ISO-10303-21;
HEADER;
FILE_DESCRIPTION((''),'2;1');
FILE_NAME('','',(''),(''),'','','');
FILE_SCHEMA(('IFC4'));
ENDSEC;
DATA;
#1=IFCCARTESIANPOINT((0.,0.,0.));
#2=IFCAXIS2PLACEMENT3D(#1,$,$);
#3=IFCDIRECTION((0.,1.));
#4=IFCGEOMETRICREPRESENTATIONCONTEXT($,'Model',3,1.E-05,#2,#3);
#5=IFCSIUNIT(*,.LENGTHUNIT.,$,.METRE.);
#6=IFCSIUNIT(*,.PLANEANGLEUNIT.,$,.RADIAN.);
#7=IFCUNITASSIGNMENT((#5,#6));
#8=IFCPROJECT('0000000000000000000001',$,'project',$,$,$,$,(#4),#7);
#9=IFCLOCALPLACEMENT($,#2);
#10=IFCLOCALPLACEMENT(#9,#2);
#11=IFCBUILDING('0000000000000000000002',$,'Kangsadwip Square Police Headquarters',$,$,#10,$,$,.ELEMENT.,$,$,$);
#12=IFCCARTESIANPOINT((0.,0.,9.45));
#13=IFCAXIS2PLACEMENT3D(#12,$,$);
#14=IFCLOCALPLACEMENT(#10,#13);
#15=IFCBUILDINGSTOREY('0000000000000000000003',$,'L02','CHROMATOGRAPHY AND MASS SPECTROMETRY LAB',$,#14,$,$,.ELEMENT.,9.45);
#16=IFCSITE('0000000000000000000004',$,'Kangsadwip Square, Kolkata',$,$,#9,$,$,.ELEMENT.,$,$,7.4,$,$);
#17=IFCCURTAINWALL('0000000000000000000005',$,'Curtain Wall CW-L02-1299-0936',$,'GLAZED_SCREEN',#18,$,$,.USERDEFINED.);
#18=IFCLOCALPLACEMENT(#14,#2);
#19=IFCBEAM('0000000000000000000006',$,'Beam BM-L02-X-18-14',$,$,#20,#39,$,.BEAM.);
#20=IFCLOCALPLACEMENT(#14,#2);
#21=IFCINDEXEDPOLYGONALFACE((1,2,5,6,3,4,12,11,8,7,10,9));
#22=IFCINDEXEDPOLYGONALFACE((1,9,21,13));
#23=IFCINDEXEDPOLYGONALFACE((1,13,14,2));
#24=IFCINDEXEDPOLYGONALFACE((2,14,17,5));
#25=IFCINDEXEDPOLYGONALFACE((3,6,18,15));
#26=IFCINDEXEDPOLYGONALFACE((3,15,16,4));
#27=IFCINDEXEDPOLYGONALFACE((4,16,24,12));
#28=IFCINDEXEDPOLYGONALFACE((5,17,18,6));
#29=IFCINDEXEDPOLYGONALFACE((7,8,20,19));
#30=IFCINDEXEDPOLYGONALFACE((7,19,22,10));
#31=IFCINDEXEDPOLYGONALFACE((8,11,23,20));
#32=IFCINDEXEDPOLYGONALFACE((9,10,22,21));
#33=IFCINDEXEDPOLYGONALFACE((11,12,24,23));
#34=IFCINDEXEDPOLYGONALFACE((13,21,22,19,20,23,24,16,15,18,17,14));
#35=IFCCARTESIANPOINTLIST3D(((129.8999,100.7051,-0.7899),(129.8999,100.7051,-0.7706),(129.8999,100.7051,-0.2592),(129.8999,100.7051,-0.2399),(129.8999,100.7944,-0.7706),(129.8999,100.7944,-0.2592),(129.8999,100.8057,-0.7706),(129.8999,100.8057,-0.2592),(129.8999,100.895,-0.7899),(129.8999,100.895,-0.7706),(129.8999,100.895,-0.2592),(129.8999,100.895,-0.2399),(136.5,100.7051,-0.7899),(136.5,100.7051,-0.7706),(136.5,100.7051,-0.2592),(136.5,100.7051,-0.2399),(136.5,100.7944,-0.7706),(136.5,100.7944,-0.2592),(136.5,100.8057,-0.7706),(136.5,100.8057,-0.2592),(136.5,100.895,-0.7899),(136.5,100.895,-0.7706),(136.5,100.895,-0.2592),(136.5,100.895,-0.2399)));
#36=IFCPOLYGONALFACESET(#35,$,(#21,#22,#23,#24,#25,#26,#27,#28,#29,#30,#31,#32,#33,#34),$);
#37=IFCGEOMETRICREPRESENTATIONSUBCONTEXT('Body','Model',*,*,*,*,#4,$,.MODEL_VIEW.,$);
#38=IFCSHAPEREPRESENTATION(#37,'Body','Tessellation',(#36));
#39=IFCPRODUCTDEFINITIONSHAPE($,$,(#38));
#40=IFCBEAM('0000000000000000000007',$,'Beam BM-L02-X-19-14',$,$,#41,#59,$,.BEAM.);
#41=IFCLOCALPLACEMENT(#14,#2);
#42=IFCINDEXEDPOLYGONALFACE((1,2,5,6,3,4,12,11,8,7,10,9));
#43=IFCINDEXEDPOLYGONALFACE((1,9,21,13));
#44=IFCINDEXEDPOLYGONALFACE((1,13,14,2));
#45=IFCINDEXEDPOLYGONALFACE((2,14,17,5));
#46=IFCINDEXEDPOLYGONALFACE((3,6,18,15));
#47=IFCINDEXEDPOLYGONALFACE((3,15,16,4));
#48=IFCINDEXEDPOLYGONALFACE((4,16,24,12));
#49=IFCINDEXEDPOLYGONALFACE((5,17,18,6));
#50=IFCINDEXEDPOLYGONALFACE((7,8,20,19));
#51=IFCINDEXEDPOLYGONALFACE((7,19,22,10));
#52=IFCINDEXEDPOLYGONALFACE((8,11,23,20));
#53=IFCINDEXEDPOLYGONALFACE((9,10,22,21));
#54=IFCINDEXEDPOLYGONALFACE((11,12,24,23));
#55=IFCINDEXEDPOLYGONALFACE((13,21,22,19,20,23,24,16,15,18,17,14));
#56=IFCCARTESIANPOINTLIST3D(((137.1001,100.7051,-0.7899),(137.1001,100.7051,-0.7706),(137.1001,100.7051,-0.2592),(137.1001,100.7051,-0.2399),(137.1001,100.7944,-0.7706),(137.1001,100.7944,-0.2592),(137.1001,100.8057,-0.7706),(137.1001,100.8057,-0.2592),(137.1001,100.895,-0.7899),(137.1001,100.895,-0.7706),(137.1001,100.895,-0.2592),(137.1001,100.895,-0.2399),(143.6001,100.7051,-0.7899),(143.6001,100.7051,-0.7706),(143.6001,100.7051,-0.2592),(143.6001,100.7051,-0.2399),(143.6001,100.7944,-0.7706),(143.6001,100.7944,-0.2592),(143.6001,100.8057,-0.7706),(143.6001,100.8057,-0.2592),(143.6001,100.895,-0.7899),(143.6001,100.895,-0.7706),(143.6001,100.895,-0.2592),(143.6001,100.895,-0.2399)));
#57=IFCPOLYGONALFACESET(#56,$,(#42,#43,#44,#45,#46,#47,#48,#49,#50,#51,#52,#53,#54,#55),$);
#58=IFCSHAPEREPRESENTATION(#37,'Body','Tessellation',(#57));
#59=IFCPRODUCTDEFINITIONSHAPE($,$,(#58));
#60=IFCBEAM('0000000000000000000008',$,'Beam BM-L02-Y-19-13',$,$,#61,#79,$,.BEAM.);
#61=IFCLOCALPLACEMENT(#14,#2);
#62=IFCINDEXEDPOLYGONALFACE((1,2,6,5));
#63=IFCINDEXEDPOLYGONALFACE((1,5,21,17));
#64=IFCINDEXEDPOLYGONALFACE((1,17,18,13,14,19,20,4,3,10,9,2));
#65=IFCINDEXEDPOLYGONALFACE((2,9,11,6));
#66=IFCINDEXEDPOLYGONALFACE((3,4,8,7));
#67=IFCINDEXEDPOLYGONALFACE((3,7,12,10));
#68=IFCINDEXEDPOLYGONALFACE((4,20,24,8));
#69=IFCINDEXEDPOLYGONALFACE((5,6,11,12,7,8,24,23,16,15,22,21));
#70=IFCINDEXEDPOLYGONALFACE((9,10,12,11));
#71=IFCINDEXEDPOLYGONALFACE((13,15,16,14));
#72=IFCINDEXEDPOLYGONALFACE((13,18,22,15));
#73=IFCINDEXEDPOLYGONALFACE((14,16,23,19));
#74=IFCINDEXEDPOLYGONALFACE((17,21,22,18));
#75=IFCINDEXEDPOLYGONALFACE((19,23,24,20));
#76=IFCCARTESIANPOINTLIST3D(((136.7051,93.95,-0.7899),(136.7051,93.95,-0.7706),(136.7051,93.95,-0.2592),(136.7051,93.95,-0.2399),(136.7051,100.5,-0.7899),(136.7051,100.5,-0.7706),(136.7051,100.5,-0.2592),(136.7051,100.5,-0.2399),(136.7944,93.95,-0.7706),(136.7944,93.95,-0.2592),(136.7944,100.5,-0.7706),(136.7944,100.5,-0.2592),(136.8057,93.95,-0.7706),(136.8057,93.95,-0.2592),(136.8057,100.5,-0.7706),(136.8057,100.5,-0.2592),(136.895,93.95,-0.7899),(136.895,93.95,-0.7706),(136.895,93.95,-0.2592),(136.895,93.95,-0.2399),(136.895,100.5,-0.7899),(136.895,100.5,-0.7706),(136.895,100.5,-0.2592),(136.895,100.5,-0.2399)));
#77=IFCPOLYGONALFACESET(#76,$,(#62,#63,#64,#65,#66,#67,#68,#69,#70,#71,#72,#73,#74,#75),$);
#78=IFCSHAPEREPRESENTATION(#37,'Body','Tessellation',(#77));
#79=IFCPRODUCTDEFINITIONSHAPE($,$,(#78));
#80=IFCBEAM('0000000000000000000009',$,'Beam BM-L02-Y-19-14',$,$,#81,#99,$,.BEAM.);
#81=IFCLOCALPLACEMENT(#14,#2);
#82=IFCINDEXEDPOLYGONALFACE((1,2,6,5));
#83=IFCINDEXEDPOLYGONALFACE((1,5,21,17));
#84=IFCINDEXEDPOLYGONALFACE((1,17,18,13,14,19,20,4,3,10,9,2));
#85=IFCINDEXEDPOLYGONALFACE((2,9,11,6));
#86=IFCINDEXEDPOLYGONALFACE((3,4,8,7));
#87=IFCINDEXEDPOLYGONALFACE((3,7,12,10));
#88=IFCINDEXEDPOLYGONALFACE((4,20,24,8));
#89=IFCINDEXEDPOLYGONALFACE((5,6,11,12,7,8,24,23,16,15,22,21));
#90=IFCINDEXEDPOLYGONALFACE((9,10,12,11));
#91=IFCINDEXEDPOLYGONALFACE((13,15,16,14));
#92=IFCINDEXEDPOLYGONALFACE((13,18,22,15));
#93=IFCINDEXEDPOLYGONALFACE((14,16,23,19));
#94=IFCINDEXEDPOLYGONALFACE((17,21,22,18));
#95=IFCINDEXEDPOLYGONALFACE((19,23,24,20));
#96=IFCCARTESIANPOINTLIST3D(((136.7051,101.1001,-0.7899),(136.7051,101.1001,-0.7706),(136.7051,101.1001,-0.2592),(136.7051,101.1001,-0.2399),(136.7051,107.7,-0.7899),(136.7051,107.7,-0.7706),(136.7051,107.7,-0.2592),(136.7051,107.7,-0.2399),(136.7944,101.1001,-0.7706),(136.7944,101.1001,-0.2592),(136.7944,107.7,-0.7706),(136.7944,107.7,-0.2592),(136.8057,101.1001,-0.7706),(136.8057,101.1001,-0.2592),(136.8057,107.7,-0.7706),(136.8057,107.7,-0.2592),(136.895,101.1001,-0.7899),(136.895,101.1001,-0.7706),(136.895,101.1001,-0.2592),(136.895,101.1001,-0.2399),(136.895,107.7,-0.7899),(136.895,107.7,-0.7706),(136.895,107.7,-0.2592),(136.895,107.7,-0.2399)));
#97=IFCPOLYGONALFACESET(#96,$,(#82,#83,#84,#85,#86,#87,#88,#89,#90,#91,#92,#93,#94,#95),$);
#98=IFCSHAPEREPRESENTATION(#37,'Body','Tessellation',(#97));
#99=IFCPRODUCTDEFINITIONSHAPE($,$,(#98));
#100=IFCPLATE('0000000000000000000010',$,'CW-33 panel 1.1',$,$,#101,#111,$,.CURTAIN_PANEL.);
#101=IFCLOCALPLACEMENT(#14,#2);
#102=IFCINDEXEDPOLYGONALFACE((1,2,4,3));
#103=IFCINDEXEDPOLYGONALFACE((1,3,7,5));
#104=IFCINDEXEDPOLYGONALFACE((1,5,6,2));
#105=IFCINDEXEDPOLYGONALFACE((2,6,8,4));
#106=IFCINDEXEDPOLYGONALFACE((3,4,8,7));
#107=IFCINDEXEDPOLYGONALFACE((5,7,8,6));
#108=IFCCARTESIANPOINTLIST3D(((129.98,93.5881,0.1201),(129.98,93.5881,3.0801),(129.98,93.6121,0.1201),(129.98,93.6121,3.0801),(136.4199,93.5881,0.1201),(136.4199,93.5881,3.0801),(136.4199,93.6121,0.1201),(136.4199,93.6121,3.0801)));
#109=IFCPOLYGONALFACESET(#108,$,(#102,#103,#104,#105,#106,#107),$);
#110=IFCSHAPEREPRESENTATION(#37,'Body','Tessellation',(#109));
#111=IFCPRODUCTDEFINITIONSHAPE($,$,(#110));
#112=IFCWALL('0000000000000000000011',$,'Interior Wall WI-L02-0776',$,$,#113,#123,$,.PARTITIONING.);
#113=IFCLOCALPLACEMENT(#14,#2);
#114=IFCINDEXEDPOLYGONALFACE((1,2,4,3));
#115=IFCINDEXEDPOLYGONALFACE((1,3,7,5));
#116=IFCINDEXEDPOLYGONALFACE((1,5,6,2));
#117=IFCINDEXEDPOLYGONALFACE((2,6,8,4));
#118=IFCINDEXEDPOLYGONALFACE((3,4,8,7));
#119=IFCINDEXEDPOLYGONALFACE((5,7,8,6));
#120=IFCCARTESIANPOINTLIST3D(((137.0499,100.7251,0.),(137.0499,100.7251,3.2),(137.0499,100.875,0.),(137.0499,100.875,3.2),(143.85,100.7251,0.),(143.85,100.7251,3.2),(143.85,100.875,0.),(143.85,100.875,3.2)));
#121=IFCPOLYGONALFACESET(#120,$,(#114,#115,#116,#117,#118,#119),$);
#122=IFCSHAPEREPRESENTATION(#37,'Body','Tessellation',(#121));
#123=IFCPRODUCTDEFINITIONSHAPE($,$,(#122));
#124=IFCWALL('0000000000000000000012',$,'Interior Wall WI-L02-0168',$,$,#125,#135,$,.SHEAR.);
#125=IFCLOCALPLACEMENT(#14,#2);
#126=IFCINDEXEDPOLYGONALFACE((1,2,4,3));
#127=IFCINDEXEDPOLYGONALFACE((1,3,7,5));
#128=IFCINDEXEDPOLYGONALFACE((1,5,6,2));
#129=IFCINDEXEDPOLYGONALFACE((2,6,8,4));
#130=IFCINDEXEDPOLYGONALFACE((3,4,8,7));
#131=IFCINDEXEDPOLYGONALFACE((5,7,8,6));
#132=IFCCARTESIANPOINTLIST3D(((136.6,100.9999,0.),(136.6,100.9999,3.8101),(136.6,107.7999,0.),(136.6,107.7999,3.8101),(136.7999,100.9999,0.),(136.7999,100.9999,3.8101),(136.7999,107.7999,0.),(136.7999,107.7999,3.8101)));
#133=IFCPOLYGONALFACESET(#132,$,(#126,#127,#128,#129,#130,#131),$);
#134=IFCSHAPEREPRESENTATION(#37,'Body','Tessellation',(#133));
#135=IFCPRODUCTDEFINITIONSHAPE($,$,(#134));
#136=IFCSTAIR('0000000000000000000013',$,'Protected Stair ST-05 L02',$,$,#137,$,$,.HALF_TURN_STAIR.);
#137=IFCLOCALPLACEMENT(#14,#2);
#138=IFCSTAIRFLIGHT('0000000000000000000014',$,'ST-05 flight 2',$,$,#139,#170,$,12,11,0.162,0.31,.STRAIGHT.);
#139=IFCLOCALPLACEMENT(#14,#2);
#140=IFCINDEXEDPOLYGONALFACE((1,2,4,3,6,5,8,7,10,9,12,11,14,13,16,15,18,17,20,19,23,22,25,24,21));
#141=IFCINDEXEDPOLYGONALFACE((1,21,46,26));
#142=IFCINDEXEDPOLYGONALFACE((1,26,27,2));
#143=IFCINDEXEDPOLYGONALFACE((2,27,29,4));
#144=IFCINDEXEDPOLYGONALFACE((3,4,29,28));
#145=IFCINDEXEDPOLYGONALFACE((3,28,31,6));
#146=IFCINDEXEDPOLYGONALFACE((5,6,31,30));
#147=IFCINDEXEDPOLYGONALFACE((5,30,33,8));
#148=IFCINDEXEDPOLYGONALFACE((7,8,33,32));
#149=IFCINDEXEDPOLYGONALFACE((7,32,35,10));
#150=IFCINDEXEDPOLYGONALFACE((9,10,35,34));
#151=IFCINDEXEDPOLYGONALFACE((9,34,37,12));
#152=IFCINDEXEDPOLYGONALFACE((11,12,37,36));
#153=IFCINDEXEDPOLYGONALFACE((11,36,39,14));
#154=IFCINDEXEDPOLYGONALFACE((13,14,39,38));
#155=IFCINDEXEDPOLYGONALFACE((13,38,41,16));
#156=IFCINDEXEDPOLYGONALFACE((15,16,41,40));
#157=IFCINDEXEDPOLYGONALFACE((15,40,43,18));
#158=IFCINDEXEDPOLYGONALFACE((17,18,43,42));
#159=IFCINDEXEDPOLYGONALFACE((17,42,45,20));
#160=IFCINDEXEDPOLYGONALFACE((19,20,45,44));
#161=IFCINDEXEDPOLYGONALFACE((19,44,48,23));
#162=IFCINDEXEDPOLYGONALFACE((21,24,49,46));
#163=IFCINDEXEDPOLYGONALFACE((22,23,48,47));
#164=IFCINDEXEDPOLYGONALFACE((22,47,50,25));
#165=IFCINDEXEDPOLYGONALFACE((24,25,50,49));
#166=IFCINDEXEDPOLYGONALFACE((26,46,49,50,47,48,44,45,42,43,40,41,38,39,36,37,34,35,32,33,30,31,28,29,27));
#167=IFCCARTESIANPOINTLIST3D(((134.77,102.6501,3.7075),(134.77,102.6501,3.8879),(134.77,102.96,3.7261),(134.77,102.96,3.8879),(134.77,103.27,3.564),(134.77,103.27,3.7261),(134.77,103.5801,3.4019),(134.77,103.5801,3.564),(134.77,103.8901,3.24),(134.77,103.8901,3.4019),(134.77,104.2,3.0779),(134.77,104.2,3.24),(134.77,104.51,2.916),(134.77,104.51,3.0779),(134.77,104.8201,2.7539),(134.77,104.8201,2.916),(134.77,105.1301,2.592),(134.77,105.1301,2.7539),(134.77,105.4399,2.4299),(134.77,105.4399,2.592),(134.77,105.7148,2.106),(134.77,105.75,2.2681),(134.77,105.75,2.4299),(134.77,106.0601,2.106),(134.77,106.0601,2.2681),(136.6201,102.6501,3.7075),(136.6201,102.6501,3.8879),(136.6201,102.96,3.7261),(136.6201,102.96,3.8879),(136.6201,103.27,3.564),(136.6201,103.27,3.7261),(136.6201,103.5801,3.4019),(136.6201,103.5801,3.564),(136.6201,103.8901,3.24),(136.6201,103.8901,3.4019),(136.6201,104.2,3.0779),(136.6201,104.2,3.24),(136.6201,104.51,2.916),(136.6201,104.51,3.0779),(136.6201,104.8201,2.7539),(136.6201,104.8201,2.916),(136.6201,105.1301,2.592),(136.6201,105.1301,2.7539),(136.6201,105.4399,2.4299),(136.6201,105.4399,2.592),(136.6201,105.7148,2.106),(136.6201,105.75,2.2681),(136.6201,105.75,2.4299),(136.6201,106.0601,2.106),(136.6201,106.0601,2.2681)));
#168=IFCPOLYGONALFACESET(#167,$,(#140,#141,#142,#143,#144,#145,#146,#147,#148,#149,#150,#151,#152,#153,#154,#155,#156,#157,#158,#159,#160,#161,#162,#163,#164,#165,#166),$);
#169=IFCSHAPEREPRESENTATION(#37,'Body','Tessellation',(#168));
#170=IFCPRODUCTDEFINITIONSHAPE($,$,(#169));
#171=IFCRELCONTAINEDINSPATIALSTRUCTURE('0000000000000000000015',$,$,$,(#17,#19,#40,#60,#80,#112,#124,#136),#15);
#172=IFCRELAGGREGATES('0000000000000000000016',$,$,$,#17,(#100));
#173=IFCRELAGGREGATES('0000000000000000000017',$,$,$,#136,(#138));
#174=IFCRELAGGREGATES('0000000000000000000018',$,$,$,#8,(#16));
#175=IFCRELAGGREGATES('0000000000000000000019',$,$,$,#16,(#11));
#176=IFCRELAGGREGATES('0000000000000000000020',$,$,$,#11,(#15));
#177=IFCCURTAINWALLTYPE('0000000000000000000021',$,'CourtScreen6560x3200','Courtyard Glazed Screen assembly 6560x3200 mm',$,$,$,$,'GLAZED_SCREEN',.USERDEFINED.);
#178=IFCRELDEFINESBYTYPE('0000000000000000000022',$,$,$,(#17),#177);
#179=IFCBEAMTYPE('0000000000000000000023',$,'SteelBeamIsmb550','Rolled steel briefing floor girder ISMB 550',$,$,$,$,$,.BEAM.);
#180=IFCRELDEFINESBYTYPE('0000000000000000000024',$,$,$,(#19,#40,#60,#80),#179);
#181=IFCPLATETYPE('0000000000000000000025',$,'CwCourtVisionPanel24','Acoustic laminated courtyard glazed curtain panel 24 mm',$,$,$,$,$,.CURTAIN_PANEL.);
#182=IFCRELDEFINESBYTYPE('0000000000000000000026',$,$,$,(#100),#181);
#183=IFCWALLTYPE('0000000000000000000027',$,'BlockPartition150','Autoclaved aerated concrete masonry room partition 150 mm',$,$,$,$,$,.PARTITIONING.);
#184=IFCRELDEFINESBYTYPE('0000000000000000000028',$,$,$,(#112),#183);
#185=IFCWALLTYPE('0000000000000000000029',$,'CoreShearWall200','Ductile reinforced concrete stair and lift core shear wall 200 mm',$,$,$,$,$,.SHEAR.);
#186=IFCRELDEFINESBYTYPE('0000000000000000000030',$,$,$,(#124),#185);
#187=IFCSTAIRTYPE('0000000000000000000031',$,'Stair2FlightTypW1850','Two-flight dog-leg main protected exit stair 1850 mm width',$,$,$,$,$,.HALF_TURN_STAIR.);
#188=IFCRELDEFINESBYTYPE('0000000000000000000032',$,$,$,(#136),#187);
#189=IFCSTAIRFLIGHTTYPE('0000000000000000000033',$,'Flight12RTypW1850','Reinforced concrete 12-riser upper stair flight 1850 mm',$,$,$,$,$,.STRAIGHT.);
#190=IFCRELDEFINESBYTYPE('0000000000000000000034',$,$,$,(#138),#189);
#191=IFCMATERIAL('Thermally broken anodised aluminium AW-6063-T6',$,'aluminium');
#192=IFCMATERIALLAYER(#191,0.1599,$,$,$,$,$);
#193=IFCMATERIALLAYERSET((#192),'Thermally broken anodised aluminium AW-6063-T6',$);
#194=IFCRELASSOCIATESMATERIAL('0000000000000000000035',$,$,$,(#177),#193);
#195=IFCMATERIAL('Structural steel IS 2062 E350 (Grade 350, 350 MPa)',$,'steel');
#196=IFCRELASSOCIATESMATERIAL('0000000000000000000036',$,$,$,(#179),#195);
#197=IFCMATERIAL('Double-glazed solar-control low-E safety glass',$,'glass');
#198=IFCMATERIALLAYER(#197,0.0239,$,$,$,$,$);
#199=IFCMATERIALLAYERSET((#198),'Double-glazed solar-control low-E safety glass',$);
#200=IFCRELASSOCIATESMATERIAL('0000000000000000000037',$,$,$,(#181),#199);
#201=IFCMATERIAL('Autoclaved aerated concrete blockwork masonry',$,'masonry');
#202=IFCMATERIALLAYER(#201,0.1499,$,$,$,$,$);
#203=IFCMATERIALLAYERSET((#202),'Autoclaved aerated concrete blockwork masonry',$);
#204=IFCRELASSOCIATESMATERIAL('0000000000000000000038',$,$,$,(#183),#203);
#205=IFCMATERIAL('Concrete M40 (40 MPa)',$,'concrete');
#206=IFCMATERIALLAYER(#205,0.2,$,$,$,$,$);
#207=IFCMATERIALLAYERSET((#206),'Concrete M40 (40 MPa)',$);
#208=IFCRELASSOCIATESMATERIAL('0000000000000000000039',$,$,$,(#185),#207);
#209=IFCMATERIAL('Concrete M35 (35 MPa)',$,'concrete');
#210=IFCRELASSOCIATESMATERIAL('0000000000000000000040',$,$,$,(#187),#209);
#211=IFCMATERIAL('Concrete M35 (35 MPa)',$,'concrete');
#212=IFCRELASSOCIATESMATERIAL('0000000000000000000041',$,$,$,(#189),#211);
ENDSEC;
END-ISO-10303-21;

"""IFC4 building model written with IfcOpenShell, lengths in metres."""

from ifc_helpers import new_model, si_unit, direction, frame, frame_2d, origin, origin_2d, place, context, subcontext, project, spatial, polyline, rectangle, i_section, outline, extrude, material, layer, layer_set, material_profile, profile_set, type_object, element, aggregate, save


model = new_model("IFC4")

# Units and contexts
model_context = context("Model", 3, precision=1e-05, world=origin(), true_north=direction((0.0, 1.0)))
body_context = subcontext(model_context, "Body", "Model", "MODEL_VIEW")
ifc_project = project(units=[si_unit("LENGTHUNIT", "METRE"), si_unit("PLANEANGLEUNIT", "RADIAN")], contexts=[model_context])

# Site, building, storey
site_placement = place(None, origin())
site = spatial("IfcSite", under=ifc_project, at=site_placement, Name="Kangsadwip Square, Kolkata", CompositionType="ELEMENT", RefElevation=7.4)
building_placement = place(site_placement, origin())
building = spatial("IfcBuilding", under=site, at=building_placement, Name="Kangsadwip Square Police Headquarters", CompositionType="ELEMENT")
storey_placement = place(building_placement, frame((0.0, 0.0, 9.45)))
storey = spatial("IfcBuildingStorey", under=building, at=storey_placement, Name="L02", Description="CHROMATOGRAPHY AND MASS SPECTROMETRY LAB", CompositionType="ELEMENT", Elevation=9.45)

# Curtain wall
ifc_material_1 = material(Name="Thermally broken anodised aluminium AW-6063-T6", Category="aluminium")
ifc_layer_1 = layer(ifc_material_1, 0.1599)
ifc_layer_set_1 = layer_set([ifc_layer_1], Name="Thermally broken anodised aluminium AW-6063-T6")
curtain_wall_type_1 = type_object("IfcCurtainWallType", Name="CourtScreen6560x3200", Description="Courtyard Glazed Screen assembly 6560x3200 mm", ElementType="GLAZED_SCREEN", PredefinedType="USERDEFINED", material=ifc_layer_set_1)
curtain_wall_1_placement = place(storey_placement, origin())
curtain_wall_1 = element("IfcCurtainWall", 1, at=curtain_wall_1_placement, inside=storey, type_object=curtain_wall_type_1, Name="Curtain Wall CW-L02-1299-0936", ObjectType="GLAZED_SCREEN", PredefinedType="USERDEFINED")

# Beams
ifc_material_2 = material(Name="Structural steel IS 2062 E350 (Grade 350, 350 MPa)", Category="steel")
ifc_material_profile_1 = material_profile(ifc_material_2, i_section(OverallWidth=0.1899, OverallDepth=0.55, WebThickness=0.0112, FlangeThickness=0.0193, at=origin_2d()), Name="ISMB 550")
ifc_profile_set_1 = profile_set([ifc_material_profile_1], Name="Structural steel IS 2062 E350 (Grade 350, 350 MPa)")
beam_type_1 = type_object("IfcBeamType", Name="SteelBeamIsmb550", Description="Rolled steel briefing floor girder ISMB 550", PredefinedType="BEAM", material=ifc_profile_set_1)
beam_1_placement = place(storey_placement, frame((129.8999, 100.8, -0.5149), z_axis=(1.0, 0.0, 0.0), x_axis=(0.0, 1.0, 0.0)))
element("IfcBeam", 2, at=beam_1_placement, inside=storey, type_object=beam_type_1, Name="Beam BM-L02-X-18-14", PredefinedType="BEAM", context=body_context, shape_type="SweptSolid", body=[
    extrude(i_section(OverallWidth=0.1899, OverallDepth=0.55, WebThickness=0.0112, FlangeThickness=0.0193, at=origin_2d()), origin(), (0.0, 0.0, 1.0), 6.6001),
])
beam_2_placement = place(storey_placement, frame((137.1001, 100.8, -0.5149), z_axis=(1.0, 0.0, 0.0), x_axis=(0.0, 1.0, 0.0)))
element("IfcBeam", 3, at=beam_2_placement, inside=storey, type_object=beam_type_1, Name="Beam BM-L02-X-19-14", PredefinedType="BEAM", context=body_context, shape_type="SweptSolid", body=[
    extrude(i_section(OverallWidth=0.1899, OverallDepth=0.55, WebThickness=0.0112, FlangeThickness=0.0193, at=origin_2d()), origin(), (0.0, 0.0, 1.0), 6.5),
])
beam_3_placement = place(storey_placement, frame((136.8, 93.95, -0.5149), z_axis=(0.0, 1.0, 0.0), x_axis=(-1.0, 0.0, 0.0)))
element("IfcBeam", 4, at=beam_3_placement, inside=storey, type_object=beam_type_1, Name="Beam BM-L02-Y-19-13", PredefinedType="BEAM", context=body_context, shape_type="SweptSolid", body=[
    extrude(i_section(OverallWidth=0.1899, OverallDepth=0.55, WebThickness=0.0112, FlangeThickness=0.0193, at=origin_2d()), origin(), (0.0, 0.0, 1.0), 6.55),
])
beam_4_placement = place(storey_placement, frame((136.8, 101.1001, -0.5149), z_axis=(0.0, 1.0, 0.0), x_axis=(-1.0, 0.0, 0.0)))
element("IfcBeam", 5, at=beam_4_placement, inside=storey, type_object=beam_type_1, Name="Beam BM-L02-Y-19-14", PredefinedType="BEAM", context=body_context, shape_type="SweptSolid", body=[
    extrude(i_section(OverallWidth=0.1899, OverallDepth=0.55, WebThickness=0.0112, FlangeThickness=0.0193, at=origin_2d()), origin(), (0.0, 0.0, 1.0), 6.5999),
])

# Plate
ifc_material_3 = material(Name="Double-glazed solar-control low-E safety glass", Category="glass")
ifc_layer_2 = layer(ifc_material_3, 0.0239)
ifc_layer_set_2 = layer_set([ifc_layer_2], Name="Double-glazed solar-control low-E safety glass")
plate_type = type_object("IfcPlateType", Name="CwCourtVisionPanel24", Description="Acoustic laminated courtyard glazed curtain panel 24 mm", PredefinedType="CURTAIN_PANEL", material=ifc_layer_set_2)
plate_placement = place(storey_placement, frame((133.2, 93.6001, 0.1201), z_axis=(0.0, 0.0, 1.0), x_axis=(1.0, 0.0, 0.0)))
plate = element("IfcPlate", 6, at=plate_placement, type_object=plate_type, Name="CW-33 panel 1.1", PredefinedType="CURTAIN_PANEL", context=body_context, shape_type="SweptSolid", body=[
    extrude(rectangle(XDim=6.4399, YDim=0.0239, at=origin_2d()), origin(), (0.0, 0.0, 1.0), 2.96),
])
aggregate(curtain_wall_1, [plate])

# Walls
ifc_material_4 = material(Name="Autoclaved aerated concrete blockwork masonry", Category="masonry")
ifc_layer_3 = layer(ifc_material_4, 0.1499)
ifc_layer_set_3 = layer_set([ifc_layer_3], Name="Autoclaved aerated concrete blockwork masonry")
wall_type_1 = type_object("IfcWallType", Name="BlockPartition150", Description="Autoclaved aerated concrete masonry room partition 150 mm", PredefinedType="PARTITIONING", material=ifc_layer_set_3)
wall_1_placement = place(storey_placement, frame((137.05, 100.8, 0.0), z_axis=(0.0, 0.0, 1.0), x_axis=(1.0, 0.0, 0.0)))
element("IfcWall", 7, at=wall_1_placement, inside=storey, type_object=wall_type_1, Name="Interior Wall WI-L02-0776", PredefinedType="PARTITIONING", context=body_context, shape_type="SweptSolid", body=[
    extrude(rectangle(XDim=6.8, YDim=0.1499, at=frame_2d((3.3999, 0.0))), origin(), (0.0, 0.0, 1.0), 3.2),
])
ifc_material_5 = material(Name="Concrete M40 (40 MPa)", Category="concrete")
ifc_layer_4 = layer(ifc_material_5, 0.2)
ifc_layer_set_4 = layer_set([ifc_layer_4], Name="Concrete M40 (40 MPa)")
wall_type_2 = type_object("IfcWallType", Name="CoreShearWall200", Description="Ductile reinforced concrete stair and lift core shear wall 200 mm", PredefinedType="SHEAR", material=ifc_layer_set_4)
wall_2_placement = place(storey_placement, frame((136.7, 101.0, 0.0), z_axis=(0.0, 0.0, 1.0), x_axis=(0.0, 1.0, 0.0)))
element("IfcWall", 8, at=wall_2_placement, inside=storey, type_object=wall_type_2, Name="Interior Wall WI-L02-0168", PredefinedType="SHEAR", context=body_context, shape_type="SweptSolid", body=[
    extrude(rectangle(XDim=6.8, YDim=0.2, at=frame_2d((3.3999, 0.0))), origin(), (0.0, 0.0, 1.0), 3.8101),
])

# Stair, stair flight
ifc_material_6 = material(Name="Concrete M35 (35 MPa)", Category="concrete")
stair_type = type_object("IfcStairType", Name="Stair2FlightTypW1850", Description="Two-flight dog-leg main protected exit stair 1850 mm width", PredefinedType="HALF_TURN_STAIR", material=ifc_material_6)
stair_placement = place(storey_placement, origin())
stair = element("IfcStair", 9, at=stair_placement, inside=storey, type_object=stair_type, Name="Protected Stair ST-05 L02", PredefinedType="HALF_TURN_STAIR")
ifc_material_7 = material(Name="Concrete M35 (35 MPa)", Category="concrete")
stair_flight_type_1 = type_object("IfcStairFlightType", Name="Flight12RTypW1850", Description="Reinforced concrete 12-riser upper stair flight 1850 mm", PredefinedType="STRAIGHT", material=ifc_material_7)
stair_flight_1_placement = place(storey_placement, frame((135.6951, 106.0601, 2.106), z_axis=(0.0, 0.0, 1.0), x_axis=(0.0, -1.0, 0.0)))
stair_flight_1 = element("IfcStairFlight", 10, at=stair_flight_1_placement, type_object=stair_flight_type_1, Name="ST-05 flight 2", NumberOfRisers=12, NumberOfTreads=11, PredefinedType="STRAIGHT", RiserHeight=0.162, TreadLength=0.31, context=body_context, shape_type="SweptSolid", body=[
    extrude(outline(polyline([(0.0, 0.0), (0.0, 0.1621), (0.3101, 0.1621), (0.3101, 0.324), (0.6201, 0.324), (0.6201, 0.4861), (0.9299, 0.4861), (0.9299, 0.6479), (1.24, 0.6479), (1.24, 0.8101), (1.55, 0.8101), (1.55, 0.9719), (1.8601, 0.9719), (1.8601, 1.134), (2.1699, 1.134), (2.1699, 1.2959), (2.48, 1.2959), (2.48, 1.458), (2.79, 1.458), (2.79, 1.6201), (3.1001, 1.6201), (3.1001, 1.782), (3.4099, 1.782), (3.4099, 1.9441), (3.4099, 1.6016), (0.3452, 0.0), (0.0, 0.0)])), frame((0.0, 0.925, 0.0), z_axis=(0.0, -1.0, 0.0), x_axis=(1.0, 0.0, 0.0)), (0.0, 0.0, 1.0), 1.8501),
])
aggregate(stair, [stair_flight_1])

save(model, "model.ifc")
